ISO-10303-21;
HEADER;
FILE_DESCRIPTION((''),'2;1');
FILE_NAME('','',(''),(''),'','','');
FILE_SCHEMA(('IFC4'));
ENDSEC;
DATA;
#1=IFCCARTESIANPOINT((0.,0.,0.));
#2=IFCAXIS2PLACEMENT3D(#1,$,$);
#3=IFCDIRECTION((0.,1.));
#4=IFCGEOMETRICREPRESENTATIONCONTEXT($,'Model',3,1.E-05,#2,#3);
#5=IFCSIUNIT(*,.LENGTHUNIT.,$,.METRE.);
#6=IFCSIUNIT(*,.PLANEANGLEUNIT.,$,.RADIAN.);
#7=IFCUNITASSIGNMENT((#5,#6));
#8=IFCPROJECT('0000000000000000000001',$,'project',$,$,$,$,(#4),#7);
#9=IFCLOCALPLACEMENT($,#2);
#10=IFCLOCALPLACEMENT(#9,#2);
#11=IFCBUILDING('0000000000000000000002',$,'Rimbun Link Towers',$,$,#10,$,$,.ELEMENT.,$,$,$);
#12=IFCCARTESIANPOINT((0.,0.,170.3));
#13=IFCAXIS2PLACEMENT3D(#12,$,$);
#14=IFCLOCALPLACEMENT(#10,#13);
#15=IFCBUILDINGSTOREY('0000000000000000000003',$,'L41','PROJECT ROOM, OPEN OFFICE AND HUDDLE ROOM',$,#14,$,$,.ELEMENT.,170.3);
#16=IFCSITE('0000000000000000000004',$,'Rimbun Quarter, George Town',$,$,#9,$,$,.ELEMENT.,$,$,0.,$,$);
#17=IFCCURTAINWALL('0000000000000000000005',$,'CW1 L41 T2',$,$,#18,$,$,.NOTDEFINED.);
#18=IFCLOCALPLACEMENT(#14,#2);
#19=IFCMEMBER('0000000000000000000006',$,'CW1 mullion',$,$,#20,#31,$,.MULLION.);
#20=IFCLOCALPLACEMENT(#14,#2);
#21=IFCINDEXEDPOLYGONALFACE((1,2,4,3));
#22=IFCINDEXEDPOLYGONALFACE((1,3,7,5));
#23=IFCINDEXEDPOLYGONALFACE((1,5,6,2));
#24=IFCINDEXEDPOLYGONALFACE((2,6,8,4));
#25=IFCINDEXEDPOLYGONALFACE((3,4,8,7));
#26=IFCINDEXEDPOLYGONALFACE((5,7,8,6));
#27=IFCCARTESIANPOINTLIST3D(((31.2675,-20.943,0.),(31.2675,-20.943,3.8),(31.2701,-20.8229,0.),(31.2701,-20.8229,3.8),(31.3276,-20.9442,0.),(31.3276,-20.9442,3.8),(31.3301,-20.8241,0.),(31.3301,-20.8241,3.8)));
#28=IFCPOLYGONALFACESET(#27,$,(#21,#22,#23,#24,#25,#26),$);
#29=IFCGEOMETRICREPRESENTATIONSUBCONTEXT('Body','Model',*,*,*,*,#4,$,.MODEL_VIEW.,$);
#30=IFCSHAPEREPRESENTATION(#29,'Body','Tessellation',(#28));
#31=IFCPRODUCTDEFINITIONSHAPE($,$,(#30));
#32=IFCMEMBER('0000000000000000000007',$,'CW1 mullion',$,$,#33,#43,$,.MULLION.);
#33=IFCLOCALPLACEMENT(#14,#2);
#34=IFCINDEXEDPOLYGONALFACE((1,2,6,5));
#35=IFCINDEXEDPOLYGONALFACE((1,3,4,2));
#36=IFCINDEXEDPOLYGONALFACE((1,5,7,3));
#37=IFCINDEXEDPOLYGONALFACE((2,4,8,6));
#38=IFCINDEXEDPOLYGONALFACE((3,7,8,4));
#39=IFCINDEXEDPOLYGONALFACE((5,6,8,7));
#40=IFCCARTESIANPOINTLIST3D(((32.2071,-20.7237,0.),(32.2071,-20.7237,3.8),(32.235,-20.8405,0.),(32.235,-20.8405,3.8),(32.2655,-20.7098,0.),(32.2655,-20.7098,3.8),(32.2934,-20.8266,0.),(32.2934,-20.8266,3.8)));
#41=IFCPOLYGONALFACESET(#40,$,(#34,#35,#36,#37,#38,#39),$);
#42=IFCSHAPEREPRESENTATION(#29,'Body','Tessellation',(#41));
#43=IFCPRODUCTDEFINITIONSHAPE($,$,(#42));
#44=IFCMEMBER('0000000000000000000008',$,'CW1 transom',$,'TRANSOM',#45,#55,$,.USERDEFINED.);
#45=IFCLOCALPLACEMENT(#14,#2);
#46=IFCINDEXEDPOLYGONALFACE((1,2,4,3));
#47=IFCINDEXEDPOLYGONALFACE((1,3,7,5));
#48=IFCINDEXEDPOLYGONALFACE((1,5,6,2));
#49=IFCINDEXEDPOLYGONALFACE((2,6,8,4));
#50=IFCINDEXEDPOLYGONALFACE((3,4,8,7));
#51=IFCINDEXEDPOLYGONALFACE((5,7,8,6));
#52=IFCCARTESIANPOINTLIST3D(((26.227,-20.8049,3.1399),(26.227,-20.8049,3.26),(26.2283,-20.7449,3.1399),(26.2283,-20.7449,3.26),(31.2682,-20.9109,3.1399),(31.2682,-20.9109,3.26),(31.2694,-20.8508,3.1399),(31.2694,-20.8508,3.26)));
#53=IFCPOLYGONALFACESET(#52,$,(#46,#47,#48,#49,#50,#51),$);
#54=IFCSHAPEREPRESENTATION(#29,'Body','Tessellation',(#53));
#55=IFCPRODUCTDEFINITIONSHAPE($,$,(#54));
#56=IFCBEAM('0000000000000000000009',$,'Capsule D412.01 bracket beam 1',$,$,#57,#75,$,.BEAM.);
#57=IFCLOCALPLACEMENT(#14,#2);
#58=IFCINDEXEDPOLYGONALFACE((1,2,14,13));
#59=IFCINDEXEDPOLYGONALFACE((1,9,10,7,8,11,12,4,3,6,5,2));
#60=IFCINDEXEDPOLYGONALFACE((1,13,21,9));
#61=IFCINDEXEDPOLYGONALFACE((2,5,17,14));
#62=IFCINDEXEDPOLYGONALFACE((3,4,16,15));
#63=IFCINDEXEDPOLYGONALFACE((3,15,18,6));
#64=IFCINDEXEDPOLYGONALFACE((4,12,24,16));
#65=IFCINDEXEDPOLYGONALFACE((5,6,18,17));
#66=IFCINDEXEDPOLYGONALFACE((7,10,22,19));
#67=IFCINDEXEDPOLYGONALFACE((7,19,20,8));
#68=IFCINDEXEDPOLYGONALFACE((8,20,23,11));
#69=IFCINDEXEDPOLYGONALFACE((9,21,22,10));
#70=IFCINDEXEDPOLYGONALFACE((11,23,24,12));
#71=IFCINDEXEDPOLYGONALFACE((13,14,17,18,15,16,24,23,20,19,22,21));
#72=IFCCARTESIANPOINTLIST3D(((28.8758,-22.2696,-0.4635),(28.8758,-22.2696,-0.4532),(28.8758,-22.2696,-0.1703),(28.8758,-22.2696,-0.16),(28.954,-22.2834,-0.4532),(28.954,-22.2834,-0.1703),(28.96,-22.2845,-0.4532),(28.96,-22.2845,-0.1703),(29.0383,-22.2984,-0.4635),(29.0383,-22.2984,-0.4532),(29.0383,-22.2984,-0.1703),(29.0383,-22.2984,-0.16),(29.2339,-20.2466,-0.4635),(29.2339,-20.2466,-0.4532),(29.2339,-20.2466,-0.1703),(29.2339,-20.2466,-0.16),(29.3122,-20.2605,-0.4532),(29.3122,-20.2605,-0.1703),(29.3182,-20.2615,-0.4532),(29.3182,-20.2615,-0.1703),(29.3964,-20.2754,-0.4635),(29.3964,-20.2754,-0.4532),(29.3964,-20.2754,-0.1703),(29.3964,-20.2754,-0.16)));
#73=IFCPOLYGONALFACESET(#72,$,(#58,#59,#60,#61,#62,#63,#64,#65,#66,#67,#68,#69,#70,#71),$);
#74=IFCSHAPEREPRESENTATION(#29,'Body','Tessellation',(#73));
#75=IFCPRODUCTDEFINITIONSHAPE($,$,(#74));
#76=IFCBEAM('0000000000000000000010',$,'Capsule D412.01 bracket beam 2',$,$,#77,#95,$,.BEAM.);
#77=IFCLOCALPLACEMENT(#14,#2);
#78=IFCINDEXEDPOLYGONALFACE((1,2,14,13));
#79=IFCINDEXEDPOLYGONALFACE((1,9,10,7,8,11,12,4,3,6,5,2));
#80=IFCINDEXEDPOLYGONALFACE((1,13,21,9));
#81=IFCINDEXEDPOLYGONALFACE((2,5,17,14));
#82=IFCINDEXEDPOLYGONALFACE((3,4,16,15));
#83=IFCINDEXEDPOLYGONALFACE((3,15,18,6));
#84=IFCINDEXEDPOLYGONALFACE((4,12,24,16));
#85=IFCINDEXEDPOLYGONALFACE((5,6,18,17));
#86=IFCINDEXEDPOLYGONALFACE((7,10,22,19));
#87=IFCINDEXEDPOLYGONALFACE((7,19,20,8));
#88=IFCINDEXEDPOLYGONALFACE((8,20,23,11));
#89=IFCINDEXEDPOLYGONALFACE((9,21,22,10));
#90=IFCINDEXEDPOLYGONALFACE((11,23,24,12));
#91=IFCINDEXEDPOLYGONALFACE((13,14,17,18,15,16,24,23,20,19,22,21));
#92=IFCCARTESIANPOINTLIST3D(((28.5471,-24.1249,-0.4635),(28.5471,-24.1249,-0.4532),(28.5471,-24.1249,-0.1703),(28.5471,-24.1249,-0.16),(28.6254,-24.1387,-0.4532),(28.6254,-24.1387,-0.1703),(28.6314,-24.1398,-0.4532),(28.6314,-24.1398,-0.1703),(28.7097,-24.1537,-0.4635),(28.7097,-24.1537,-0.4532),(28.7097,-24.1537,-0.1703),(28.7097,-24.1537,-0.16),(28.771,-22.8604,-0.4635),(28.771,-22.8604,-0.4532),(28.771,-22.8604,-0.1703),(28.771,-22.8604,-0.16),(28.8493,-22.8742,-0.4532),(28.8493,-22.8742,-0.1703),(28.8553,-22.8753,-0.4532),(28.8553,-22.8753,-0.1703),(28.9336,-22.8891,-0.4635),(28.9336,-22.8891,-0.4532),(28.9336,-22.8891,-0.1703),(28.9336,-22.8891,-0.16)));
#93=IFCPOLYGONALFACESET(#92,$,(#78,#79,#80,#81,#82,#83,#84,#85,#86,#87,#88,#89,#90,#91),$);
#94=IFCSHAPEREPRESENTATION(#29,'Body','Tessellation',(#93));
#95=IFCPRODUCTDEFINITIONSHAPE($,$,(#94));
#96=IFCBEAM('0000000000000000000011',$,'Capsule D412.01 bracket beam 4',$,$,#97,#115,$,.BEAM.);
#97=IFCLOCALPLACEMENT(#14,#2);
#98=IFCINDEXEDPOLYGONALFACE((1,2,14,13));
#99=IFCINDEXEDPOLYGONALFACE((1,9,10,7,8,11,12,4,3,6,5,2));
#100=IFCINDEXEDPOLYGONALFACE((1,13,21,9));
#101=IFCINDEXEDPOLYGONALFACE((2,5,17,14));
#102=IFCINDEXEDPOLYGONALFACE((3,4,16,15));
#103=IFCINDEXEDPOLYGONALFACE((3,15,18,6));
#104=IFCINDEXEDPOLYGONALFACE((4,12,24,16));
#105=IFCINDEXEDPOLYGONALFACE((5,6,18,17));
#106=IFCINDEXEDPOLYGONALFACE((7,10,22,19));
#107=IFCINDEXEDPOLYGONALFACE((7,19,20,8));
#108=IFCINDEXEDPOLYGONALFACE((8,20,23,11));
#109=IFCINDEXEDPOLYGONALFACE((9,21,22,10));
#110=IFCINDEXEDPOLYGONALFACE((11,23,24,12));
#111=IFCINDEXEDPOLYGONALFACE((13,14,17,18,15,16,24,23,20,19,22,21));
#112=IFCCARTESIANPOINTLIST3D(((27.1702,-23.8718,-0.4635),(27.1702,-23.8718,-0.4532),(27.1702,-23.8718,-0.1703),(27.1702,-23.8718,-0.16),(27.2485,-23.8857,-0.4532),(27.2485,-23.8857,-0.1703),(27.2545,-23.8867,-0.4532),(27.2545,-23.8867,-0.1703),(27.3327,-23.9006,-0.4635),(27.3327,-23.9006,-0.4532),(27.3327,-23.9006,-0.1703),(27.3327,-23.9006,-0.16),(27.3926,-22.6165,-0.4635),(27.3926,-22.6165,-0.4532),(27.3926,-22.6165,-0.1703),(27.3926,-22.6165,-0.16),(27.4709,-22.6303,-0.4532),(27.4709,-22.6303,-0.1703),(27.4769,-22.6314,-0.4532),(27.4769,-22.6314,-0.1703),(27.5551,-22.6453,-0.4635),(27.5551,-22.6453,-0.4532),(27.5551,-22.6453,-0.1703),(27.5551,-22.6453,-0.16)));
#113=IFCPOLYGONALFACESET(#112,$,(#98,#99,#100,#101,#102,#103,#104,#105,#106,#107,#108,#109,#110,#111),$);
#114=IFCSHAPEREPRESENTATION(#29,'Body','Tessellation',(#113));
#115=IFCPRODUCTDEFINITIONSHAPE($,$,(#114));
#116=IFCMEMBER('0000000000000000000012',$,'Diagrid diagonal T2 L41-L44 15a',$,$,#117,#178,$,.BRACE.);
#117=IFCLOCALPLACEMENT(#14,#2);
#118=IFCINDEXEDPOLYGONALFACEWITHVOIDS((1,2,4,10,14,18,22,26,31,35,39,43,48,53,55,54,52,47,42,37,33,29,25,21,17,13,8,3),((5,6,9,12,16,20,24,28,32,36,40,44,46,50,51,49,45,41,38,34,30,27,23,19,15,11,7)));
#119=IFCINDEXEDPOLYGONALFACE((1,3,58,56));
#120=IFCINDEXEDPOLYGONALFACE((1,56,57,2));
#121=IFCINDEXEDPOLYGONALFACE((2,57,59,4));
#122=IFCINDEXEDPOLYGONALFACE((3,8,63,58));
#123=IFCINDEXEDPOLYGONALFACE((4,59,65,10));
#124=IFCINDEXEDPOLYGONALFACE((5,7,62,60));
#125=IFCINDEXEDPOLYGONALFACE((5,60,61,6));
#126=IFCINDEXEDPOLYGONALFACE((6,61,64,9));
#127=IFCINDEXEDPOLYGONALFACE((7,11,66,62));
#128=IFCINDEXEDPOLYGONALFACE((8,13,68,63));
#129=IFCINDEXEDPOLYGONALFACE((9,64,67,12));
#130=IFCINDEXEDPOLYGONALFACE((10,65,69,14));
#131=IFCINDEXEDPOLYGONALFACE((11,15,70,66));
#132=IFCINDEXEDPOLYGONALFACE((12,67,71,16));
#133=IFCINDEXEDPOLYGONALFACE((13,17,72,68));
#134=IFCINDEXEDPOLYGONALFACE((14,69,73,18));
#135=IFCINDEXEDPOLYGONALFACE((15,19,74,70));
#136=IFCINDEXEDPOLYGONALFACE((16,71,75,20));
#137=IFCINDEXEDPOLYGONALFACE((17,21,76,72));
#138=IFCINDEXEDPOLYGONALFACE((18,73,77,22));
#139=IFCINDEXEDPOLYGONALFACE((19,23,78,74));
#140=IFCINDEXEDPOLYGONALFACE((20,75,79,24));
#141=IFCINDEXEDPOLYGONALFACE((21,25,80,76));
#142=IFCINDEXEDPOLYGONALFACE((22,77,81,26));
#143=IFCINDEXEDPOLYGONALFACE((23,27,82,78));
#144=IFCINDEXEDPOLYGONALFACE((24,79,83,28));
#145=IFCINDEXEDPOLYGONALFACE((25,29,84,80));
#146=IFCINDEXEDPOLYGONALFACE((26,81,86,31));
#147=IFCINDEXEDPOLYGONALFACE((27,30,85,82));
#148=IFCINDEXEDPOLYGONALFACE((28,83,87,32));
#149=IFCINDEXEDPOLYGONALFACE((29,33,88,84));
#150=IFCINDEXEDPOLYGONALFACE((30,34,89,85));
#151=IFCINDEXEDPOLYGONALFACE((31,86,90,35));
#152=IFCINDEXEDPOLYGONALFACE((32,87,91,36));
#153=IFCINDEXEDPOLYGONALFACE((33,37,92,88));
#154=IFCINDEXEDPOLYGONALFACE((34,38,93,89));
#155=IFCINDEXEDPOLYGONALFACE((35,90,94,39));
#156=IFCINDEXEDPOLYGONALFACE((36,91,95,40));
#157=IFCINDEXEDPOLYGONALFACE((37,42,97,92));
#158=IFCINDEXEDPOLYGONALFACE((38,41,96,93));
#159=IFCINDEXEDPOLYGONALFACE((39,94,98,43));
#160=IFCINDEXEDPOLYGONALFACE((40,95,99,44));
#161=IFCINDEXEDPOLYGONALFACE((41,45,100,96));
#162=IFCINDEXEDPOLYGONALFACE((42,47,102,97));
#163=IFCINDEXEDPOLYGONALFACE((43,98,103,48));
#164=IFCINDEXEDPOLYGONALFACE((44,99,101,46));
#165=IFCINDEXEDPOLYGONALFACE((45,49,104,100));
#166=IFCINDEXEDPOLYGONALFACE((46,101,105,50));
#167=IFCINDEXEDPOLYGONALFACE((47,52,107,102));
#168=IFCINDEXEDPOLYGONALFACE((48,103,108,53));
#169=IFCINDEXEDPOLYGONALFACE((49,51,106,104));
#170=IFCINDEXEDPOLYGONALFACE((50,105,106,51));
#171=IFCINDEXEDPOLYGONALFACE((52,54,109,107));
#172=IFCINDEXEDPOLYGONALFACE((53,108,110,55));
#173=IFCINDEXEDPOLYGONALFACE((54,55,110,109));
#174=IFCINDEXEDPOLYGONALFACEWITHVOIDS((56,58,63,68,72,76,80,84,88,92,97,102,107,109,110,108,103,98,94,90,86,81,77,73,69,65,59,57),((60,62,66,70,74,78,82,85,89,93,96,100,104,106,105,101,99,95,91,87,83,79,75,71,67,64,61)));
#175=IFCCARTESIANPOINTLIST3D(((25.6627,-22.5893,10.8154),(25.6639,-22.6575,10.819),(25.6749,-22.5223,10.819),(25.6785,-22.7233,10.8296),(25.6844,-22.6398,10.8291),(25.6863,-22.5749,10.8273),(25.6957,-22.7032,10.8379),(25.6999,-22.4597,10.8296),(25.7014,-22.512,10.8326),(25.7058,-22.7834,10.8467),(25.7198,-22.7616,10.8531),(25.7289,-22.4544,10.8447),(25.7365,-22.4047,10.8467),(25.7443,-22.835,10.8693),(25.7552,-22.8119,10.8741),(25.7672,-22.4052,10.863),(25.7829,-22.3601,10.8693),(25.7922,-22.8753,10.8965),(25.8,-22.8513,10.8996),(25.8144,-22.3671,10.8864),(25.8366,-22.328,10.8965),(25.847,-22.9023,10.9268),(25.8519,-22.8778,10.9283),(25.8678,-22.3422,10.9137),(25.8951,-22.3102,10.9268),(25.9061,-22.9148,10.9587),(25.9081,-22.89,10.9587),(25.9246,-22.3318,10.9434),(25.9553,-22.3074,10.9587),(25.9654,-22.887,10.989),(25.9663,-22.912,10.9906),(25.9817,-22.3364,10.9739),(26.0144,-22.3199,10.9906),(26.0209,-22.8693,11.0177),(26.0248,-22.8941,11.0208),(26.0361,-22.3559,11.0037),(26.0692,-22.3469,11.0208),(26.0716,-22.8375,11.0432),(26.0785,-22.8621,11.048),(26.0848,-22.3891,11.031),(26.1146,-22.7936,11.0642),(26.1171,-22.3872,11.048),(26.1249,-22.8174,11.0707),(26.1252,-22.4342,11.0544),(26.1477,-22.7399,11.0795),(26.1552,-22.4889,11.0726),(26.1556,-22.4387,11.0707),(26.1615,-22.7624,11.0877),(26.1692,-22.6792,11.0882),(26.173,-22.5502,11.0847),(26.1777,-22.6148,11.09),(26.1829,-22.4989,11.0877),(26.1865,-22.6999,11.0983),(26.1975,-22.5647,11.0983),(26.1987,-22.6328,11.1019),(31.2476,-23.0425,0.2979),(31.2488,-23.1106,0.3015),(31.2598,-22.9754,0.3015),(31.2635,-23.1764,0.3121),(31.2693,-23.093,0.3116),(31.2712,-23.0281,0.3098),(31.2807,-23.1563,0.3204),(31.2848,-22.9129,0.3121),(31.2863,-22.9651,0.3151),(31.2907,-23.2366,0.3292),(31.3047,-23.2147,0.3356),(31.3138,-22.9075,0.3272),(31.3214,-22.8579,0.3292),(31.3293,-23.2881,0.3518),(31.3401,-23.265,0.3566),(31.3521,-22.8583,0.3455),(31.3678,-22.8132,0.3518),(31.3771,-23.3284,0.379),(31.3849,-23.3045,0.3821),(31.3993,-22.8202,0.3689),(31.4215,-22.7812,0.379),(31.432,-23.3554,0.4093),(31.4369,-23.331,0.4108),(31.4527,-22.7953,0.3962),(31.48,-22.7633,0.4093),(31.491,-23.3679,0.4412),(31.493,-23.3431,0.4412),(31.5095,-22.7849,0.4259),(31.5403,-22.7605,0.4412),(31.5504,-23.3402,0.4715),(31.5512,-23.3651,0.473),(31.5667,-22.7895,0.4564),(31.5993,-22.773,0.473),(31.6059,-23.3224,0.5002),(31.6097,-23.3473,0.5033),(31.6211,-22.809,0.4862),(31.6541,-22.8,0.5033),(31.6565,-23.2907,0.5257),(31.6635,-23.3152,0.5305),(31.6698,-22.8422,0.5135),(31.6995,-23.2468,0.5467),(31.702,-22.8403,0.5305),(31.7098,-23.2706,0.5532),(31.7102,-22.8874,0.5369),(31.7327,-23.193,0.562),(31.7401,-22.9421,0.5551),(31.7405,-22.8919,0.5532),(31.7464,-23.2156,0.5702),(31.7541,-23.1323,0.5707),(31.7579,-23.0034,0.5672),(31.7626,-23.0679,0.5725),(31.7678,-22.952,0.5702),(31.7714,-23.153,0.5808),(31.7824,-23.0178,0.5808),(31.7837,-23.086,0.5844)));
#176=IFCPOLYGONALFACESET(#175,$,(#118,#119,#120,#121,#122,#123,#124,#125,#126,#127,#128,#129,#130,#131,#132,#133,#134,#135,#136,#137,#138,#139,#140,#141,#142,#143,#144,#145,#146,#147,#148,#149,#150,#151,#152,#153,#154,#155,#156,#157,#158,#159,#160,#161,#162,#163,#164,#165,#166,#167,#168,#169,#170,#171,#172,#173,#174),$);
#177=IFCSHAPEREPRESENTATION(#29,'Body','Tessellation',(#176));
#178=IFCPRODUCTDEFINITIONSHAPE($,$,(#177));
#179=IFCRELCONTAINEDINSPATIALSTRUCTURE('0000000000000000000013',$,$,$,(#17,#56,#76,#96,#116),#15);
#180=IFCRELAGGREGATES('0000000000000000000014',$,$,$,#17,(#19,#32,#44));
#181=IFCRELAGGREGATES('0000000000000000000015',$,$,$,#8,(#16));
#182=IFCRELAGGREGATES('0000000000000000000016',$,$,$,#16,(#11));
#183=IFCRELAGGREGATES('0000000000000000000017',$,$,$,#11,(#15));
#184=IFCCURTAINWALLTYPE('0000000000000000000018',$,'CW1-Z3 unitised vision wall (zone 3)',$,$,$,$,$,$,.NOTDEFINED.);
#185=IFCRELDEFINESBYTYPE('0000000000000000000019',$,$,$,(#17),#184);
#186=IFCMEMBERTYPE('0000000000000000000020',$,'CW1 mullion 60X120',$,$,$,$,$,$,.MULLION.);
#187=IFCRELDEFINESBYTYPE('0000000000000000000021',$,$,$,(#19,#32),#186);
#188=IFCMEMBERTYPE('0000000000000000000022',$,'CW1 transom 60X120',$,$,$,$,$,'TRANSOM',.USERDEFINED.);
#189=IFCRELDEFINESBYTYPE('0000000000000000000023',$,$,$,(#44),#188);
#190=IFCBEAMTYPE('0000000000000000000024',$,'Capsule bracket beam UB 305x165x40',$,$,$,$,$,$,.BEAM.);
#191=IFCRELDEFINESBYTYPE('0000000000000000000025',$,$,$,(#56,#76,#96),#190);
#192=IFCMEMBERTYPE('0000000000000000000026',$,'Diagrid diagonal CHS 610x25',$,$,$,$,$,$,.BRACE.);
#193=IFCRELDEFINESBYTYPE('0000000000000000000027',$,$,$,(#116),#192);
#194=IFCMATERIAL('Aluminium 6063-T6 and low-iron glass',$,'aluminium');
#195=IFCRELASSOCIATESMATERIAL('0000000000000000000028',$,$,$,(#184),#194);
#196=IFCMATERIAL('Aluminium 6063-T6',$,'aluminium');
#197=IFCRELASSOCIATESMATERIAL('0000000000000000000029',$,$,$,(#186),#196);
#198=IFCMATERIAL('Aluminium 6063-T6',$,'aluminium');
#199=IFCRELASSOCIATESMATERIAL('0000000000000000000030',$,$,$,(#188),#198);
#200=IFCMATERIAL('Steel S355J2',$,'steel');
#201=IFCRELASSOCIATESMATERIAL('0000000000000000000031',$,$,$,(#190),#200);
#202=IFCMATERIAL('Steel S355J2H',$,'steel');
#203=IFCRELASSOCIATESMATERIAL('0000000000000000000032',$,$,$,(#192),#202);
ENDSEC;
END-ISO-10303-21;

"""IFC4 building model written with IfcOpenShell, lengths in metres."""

from ifc_helpers import new_model, si_unit, direction, frame, origin, origin_2d, place, context, subcontext, project, spatial, rectangle, hollow_circle, i_section, extrude, material, material_profile, profile_set, type_object, element, aggregate, save


model = new_model("IFC4")

# Units and contexts
model_context = context("Model", 3, precision=1e-05, world=origin(), true_north=direction((0.0, 1.0)))
body_context = subcontext(model_context, "Body", "Model", "MODEL_VIEW")
ifc_project = project(units=[si_unit("LENGTHUNIT", "METRE"), si_unit("PLANEANGLEUNIT", "RADIAN")], contexts=[model_context])

# Site, building, storey
site_placement = place(None, origin())
site = spatial("IfcSite", under=ifc_project, at=site_placement, Name="Rimbun Quarter, George Town", CompositionType="ELEMENT", RefElevation=0.0)
building_placement = place(site_placement, origin())
building = spatial("IfcBuilding", under=site, at=building_placement, Name="Rimbun Link Towers", CompositionType="ELEMENT")
storey_placement = place(building_placement, frame((0.0, 0.0, 170.3)))
storey = spatial("IfcBuildingStorey", under=building, at=storey_placement, Name="L41", Description="PROJECT ROOM, OPEN OFFICE AND HUDDLE ROOM", CompositionType="ELEMENT", Elevation=170.3)

# Curtain wall, members
ifc_material_1 = material(Name="Aluminium 6063-T6 and low-iron glass", Category="aluminium")
curtain_wall_type = type_object("IfcCurtainWallType", Name="CW1-Z3 unitised vision wall (zone 3)", PredefinedType="NOTDEFINED", material=ifc_material_1)
curtain_wall_placement = place(storey_placement, origin())
curtain_wall = element("IfcCurtainWall", 1, at=curtain_wall_placement, inside=storey, type_object=curtain_wall_type, Name="CW1 L41 T2", PredefinedType="NOTDEFINED")
ifc_material_2 = material(Name="Aluminium 6063-T6", Category="aluminium")
ifc_material_profile_1 = material_profile(ifc_material_2, rectangle(XDim=0.1201, YDim=0.0601, at=origin_2d()), Name="MULLION 60X120")
ifc_profile_set_1 = profile_set([ifc_material_profile_1], Name="Aluminium 6063-T6")
member_type_1 = type_object("IfcMemberType", Name="CW1 mullion 60X120", PredefinedType="MULLION", material=ifc_profile_set_1)
member_1_placement = place(storey_placement, frame((31.2988, -20.8835, 0.0), z_axis=(0.0, 0.0, 1.0), x_axis=(-0.021055, -0.999778, 0.0)))
member_1 = element("IfcMember", 2, at=member_1_placement, type_object=member_type_1, Name="CW1 mullion", PredefinedType="MULLION", context=body_context, shape_type="SweptSolid", body=[
    extrude(rectangle(XDim=0.1201, YDim=0.0601, at=origin_2d()), origin(), (0.0, 0.0, 1.0), 3.8),
])
member_2_placement = place(storey_placement, frame((32.2502, -20.7751, 0.0), z_axis=(0.0, 0.0, 1.0), x_axis=(0.232595, -0.972574, 0.0)))
member_2 = element("IfcMember", 3, at=member_2_placement, type_object=member_type_1, Name="CW1 mullion", PredefinedType="MULLION", context=body_context, shape_type="SweptSolid", body=[
    extrude(rectangle(XDim=0.1201, YDim=0.0601, at=origin_2d()), origin(), (0.0, 0.0, 1.0), 3.8),
])
ifc_material_3 = material(Name="Aluminium 6063-T6", Category="aluminium")
ifc_material_profile_2 = material_profile(ifc_material_3, rectangle(XDim=0.0601, YDim=0.1201, at=origin_2d()), Name="TRANSOM 60X120")
ifc_profile_set_2 = profile_set([ifc_material_profile_2], Name="Aluminium 6063-T6")
member_type_2 = type_object("IfcMemberType", Name="CW1 transom 60X120", ElementType="TRANSOM", PredefinedType="USERDEFINED", material=ifc_profile_set_2)
member_3_placement = place(storey_placement, frame((31.2688, -20.8809, 3.2), z_axis=(-0.999779, 0.021014, 0.0), x_axis=(-0.021014, -0.999779, 0.0)))
member_3 = element("IfcMember", 4, at=member_3_placement, type_object=member_type_2, Name="CW1 transom", ObjectType="TRANSOM", PredefinedType="USERDEFINED", context=body_context, shape_type="SweptSolid", body=[
    extrude(rectangle(XDim=0.0601, YDim=0.1201, at=origin_2d()), origin(), (0.0, 0.0, 1.0), 5.0422),
])

# Beams
ifc_material_4 = material(Name="Steel S355J2", Category="steel")
ifc_material_profile_3 = material_profile(ifc_material_4, i_section(OverallWidth=0.165, OverallDepth=0.3035, WebThickness=0.0061, FlangeThickness=0.0103, at=origin_2d()), Name="UB 305x165x40")
ifc_profile_set_3 = profile_set([ifc_material_profile_3], Name="Steel S355J2")
beam_type_1 = type_object("IfcBeamType", Name="Capsule bracket beam UB 305x165x40", PredefinedType="BEAM", material=ifc_profile_set_3)
beam_1_placement = place(storey_placement, frame((29.3152, -20.261, -0.3118), z_axis=(-0.174334, -0.984687, 0.0), x_axis=(0.984687, -0.174334, 0.0)))
element("IfcBeam", 5, at=beam_1_placement, inside=storey, type_object=beam_type_1, Name="Capsule D412.01 bracket beam 1", PredefinedType="BEAM", context=body_context, shape_type="SweptSolid", body=[
    extrude(i_section(OverallWidth=0.165, OverallDepth=0.3035, WebThickness=0.0061, FlangeThickness=0.0103, at=origin_2d()), origin(), (0.0, 0.0, 1.0), 2.0544),
])
beam_2_placement = place(storey_placement, frame((28.8523, -22.8748, -0.3118), z_axis=(-0.174349, -0.984684, 0.0), x_axis=(0.984684, -0.174349, 0.0)))
element("IfcBeam", 6, at=beam_2_placement, inside=storey, type_object=beam_type_1, Name="Capsule D412.01 bracket beam 2", PredefinedType="BEAM", context=body_context, shape_type="SweptSolid", body=[
    extrude(i_section(OverallWidth=0.165, OverallDepth=0.3035, WebThickness=0.0061, FlangeThickness=0.0103, at=origin_2d()), origin(), (0.0, 0.0, 1.0), 1.2842),
])
beam_3_placement = place(storey_placement, frame((27.4739, -22.6309, -0.3118), z_axis=(-0.174452, -0.984666, 0.0), x_axis=(0.984666, -0.174452, 0.0)))
element("IfcBeam", 7, at=beam_3_placement, inside=storey, type_object=beam_type_1, Name="Capsule D412.01 bracket beam 4", PredefinedType="BEAM", context=body_context, shape_type="SweptSolid", body=[
    extrude(i_section(OverallWidth=0.165, OverallDepth=0.3035, WebThickness=0.0061, FlangeThickness=0.0103, at=origin_2d()), origin(), (0.0, 0.0, 1.0), 1.2749),
])

# Member
ifc_material_5 = material(Name="Steel S355J2H", Category="steel")
ifc_material_profile_4 = material_profile(ifc_material_5, hollow_circle(Radius=0.3047, WallThickness=0.0249, at=origin_2d()), Name="Diagrid diagonal CHS 610x25")
ifc_profile_set_4 = profile_set([ifc_material_profile_4], Name="Steel S355J2H")
member_type_3 = type_object("IfcMemberType", Name="Diagrid diagonal CHS 610x25", PredefinedType="BRACE", material=ifc_profile_set_4)
member_4_placement = place(storey_placement, frame((31.5156, -23.0642, 0.4412), z_axis=(-0.468652, 0.038023, 0.882564), x_axis=(-0.080867, -0.996725, 0.0)))
element("IfcMember", 8, at=member_4_placement, inside=storey, type_object=member_type_3, Name="Diagrid diagonal T2 L41-L44 15a", PredefinedType="BRACE", context=body_context, shape_type="SweptSolid", body=[
    extrude(hollow_circle(Radius=0.3047, WallThickness=0.0249, at=origin_2d()), origin(), (0.0, 0.0, 1.0), 11.917),
])

aggregate(curtain_wall, [member_1, member_2, member_3])

save(model, "model.ifc")
